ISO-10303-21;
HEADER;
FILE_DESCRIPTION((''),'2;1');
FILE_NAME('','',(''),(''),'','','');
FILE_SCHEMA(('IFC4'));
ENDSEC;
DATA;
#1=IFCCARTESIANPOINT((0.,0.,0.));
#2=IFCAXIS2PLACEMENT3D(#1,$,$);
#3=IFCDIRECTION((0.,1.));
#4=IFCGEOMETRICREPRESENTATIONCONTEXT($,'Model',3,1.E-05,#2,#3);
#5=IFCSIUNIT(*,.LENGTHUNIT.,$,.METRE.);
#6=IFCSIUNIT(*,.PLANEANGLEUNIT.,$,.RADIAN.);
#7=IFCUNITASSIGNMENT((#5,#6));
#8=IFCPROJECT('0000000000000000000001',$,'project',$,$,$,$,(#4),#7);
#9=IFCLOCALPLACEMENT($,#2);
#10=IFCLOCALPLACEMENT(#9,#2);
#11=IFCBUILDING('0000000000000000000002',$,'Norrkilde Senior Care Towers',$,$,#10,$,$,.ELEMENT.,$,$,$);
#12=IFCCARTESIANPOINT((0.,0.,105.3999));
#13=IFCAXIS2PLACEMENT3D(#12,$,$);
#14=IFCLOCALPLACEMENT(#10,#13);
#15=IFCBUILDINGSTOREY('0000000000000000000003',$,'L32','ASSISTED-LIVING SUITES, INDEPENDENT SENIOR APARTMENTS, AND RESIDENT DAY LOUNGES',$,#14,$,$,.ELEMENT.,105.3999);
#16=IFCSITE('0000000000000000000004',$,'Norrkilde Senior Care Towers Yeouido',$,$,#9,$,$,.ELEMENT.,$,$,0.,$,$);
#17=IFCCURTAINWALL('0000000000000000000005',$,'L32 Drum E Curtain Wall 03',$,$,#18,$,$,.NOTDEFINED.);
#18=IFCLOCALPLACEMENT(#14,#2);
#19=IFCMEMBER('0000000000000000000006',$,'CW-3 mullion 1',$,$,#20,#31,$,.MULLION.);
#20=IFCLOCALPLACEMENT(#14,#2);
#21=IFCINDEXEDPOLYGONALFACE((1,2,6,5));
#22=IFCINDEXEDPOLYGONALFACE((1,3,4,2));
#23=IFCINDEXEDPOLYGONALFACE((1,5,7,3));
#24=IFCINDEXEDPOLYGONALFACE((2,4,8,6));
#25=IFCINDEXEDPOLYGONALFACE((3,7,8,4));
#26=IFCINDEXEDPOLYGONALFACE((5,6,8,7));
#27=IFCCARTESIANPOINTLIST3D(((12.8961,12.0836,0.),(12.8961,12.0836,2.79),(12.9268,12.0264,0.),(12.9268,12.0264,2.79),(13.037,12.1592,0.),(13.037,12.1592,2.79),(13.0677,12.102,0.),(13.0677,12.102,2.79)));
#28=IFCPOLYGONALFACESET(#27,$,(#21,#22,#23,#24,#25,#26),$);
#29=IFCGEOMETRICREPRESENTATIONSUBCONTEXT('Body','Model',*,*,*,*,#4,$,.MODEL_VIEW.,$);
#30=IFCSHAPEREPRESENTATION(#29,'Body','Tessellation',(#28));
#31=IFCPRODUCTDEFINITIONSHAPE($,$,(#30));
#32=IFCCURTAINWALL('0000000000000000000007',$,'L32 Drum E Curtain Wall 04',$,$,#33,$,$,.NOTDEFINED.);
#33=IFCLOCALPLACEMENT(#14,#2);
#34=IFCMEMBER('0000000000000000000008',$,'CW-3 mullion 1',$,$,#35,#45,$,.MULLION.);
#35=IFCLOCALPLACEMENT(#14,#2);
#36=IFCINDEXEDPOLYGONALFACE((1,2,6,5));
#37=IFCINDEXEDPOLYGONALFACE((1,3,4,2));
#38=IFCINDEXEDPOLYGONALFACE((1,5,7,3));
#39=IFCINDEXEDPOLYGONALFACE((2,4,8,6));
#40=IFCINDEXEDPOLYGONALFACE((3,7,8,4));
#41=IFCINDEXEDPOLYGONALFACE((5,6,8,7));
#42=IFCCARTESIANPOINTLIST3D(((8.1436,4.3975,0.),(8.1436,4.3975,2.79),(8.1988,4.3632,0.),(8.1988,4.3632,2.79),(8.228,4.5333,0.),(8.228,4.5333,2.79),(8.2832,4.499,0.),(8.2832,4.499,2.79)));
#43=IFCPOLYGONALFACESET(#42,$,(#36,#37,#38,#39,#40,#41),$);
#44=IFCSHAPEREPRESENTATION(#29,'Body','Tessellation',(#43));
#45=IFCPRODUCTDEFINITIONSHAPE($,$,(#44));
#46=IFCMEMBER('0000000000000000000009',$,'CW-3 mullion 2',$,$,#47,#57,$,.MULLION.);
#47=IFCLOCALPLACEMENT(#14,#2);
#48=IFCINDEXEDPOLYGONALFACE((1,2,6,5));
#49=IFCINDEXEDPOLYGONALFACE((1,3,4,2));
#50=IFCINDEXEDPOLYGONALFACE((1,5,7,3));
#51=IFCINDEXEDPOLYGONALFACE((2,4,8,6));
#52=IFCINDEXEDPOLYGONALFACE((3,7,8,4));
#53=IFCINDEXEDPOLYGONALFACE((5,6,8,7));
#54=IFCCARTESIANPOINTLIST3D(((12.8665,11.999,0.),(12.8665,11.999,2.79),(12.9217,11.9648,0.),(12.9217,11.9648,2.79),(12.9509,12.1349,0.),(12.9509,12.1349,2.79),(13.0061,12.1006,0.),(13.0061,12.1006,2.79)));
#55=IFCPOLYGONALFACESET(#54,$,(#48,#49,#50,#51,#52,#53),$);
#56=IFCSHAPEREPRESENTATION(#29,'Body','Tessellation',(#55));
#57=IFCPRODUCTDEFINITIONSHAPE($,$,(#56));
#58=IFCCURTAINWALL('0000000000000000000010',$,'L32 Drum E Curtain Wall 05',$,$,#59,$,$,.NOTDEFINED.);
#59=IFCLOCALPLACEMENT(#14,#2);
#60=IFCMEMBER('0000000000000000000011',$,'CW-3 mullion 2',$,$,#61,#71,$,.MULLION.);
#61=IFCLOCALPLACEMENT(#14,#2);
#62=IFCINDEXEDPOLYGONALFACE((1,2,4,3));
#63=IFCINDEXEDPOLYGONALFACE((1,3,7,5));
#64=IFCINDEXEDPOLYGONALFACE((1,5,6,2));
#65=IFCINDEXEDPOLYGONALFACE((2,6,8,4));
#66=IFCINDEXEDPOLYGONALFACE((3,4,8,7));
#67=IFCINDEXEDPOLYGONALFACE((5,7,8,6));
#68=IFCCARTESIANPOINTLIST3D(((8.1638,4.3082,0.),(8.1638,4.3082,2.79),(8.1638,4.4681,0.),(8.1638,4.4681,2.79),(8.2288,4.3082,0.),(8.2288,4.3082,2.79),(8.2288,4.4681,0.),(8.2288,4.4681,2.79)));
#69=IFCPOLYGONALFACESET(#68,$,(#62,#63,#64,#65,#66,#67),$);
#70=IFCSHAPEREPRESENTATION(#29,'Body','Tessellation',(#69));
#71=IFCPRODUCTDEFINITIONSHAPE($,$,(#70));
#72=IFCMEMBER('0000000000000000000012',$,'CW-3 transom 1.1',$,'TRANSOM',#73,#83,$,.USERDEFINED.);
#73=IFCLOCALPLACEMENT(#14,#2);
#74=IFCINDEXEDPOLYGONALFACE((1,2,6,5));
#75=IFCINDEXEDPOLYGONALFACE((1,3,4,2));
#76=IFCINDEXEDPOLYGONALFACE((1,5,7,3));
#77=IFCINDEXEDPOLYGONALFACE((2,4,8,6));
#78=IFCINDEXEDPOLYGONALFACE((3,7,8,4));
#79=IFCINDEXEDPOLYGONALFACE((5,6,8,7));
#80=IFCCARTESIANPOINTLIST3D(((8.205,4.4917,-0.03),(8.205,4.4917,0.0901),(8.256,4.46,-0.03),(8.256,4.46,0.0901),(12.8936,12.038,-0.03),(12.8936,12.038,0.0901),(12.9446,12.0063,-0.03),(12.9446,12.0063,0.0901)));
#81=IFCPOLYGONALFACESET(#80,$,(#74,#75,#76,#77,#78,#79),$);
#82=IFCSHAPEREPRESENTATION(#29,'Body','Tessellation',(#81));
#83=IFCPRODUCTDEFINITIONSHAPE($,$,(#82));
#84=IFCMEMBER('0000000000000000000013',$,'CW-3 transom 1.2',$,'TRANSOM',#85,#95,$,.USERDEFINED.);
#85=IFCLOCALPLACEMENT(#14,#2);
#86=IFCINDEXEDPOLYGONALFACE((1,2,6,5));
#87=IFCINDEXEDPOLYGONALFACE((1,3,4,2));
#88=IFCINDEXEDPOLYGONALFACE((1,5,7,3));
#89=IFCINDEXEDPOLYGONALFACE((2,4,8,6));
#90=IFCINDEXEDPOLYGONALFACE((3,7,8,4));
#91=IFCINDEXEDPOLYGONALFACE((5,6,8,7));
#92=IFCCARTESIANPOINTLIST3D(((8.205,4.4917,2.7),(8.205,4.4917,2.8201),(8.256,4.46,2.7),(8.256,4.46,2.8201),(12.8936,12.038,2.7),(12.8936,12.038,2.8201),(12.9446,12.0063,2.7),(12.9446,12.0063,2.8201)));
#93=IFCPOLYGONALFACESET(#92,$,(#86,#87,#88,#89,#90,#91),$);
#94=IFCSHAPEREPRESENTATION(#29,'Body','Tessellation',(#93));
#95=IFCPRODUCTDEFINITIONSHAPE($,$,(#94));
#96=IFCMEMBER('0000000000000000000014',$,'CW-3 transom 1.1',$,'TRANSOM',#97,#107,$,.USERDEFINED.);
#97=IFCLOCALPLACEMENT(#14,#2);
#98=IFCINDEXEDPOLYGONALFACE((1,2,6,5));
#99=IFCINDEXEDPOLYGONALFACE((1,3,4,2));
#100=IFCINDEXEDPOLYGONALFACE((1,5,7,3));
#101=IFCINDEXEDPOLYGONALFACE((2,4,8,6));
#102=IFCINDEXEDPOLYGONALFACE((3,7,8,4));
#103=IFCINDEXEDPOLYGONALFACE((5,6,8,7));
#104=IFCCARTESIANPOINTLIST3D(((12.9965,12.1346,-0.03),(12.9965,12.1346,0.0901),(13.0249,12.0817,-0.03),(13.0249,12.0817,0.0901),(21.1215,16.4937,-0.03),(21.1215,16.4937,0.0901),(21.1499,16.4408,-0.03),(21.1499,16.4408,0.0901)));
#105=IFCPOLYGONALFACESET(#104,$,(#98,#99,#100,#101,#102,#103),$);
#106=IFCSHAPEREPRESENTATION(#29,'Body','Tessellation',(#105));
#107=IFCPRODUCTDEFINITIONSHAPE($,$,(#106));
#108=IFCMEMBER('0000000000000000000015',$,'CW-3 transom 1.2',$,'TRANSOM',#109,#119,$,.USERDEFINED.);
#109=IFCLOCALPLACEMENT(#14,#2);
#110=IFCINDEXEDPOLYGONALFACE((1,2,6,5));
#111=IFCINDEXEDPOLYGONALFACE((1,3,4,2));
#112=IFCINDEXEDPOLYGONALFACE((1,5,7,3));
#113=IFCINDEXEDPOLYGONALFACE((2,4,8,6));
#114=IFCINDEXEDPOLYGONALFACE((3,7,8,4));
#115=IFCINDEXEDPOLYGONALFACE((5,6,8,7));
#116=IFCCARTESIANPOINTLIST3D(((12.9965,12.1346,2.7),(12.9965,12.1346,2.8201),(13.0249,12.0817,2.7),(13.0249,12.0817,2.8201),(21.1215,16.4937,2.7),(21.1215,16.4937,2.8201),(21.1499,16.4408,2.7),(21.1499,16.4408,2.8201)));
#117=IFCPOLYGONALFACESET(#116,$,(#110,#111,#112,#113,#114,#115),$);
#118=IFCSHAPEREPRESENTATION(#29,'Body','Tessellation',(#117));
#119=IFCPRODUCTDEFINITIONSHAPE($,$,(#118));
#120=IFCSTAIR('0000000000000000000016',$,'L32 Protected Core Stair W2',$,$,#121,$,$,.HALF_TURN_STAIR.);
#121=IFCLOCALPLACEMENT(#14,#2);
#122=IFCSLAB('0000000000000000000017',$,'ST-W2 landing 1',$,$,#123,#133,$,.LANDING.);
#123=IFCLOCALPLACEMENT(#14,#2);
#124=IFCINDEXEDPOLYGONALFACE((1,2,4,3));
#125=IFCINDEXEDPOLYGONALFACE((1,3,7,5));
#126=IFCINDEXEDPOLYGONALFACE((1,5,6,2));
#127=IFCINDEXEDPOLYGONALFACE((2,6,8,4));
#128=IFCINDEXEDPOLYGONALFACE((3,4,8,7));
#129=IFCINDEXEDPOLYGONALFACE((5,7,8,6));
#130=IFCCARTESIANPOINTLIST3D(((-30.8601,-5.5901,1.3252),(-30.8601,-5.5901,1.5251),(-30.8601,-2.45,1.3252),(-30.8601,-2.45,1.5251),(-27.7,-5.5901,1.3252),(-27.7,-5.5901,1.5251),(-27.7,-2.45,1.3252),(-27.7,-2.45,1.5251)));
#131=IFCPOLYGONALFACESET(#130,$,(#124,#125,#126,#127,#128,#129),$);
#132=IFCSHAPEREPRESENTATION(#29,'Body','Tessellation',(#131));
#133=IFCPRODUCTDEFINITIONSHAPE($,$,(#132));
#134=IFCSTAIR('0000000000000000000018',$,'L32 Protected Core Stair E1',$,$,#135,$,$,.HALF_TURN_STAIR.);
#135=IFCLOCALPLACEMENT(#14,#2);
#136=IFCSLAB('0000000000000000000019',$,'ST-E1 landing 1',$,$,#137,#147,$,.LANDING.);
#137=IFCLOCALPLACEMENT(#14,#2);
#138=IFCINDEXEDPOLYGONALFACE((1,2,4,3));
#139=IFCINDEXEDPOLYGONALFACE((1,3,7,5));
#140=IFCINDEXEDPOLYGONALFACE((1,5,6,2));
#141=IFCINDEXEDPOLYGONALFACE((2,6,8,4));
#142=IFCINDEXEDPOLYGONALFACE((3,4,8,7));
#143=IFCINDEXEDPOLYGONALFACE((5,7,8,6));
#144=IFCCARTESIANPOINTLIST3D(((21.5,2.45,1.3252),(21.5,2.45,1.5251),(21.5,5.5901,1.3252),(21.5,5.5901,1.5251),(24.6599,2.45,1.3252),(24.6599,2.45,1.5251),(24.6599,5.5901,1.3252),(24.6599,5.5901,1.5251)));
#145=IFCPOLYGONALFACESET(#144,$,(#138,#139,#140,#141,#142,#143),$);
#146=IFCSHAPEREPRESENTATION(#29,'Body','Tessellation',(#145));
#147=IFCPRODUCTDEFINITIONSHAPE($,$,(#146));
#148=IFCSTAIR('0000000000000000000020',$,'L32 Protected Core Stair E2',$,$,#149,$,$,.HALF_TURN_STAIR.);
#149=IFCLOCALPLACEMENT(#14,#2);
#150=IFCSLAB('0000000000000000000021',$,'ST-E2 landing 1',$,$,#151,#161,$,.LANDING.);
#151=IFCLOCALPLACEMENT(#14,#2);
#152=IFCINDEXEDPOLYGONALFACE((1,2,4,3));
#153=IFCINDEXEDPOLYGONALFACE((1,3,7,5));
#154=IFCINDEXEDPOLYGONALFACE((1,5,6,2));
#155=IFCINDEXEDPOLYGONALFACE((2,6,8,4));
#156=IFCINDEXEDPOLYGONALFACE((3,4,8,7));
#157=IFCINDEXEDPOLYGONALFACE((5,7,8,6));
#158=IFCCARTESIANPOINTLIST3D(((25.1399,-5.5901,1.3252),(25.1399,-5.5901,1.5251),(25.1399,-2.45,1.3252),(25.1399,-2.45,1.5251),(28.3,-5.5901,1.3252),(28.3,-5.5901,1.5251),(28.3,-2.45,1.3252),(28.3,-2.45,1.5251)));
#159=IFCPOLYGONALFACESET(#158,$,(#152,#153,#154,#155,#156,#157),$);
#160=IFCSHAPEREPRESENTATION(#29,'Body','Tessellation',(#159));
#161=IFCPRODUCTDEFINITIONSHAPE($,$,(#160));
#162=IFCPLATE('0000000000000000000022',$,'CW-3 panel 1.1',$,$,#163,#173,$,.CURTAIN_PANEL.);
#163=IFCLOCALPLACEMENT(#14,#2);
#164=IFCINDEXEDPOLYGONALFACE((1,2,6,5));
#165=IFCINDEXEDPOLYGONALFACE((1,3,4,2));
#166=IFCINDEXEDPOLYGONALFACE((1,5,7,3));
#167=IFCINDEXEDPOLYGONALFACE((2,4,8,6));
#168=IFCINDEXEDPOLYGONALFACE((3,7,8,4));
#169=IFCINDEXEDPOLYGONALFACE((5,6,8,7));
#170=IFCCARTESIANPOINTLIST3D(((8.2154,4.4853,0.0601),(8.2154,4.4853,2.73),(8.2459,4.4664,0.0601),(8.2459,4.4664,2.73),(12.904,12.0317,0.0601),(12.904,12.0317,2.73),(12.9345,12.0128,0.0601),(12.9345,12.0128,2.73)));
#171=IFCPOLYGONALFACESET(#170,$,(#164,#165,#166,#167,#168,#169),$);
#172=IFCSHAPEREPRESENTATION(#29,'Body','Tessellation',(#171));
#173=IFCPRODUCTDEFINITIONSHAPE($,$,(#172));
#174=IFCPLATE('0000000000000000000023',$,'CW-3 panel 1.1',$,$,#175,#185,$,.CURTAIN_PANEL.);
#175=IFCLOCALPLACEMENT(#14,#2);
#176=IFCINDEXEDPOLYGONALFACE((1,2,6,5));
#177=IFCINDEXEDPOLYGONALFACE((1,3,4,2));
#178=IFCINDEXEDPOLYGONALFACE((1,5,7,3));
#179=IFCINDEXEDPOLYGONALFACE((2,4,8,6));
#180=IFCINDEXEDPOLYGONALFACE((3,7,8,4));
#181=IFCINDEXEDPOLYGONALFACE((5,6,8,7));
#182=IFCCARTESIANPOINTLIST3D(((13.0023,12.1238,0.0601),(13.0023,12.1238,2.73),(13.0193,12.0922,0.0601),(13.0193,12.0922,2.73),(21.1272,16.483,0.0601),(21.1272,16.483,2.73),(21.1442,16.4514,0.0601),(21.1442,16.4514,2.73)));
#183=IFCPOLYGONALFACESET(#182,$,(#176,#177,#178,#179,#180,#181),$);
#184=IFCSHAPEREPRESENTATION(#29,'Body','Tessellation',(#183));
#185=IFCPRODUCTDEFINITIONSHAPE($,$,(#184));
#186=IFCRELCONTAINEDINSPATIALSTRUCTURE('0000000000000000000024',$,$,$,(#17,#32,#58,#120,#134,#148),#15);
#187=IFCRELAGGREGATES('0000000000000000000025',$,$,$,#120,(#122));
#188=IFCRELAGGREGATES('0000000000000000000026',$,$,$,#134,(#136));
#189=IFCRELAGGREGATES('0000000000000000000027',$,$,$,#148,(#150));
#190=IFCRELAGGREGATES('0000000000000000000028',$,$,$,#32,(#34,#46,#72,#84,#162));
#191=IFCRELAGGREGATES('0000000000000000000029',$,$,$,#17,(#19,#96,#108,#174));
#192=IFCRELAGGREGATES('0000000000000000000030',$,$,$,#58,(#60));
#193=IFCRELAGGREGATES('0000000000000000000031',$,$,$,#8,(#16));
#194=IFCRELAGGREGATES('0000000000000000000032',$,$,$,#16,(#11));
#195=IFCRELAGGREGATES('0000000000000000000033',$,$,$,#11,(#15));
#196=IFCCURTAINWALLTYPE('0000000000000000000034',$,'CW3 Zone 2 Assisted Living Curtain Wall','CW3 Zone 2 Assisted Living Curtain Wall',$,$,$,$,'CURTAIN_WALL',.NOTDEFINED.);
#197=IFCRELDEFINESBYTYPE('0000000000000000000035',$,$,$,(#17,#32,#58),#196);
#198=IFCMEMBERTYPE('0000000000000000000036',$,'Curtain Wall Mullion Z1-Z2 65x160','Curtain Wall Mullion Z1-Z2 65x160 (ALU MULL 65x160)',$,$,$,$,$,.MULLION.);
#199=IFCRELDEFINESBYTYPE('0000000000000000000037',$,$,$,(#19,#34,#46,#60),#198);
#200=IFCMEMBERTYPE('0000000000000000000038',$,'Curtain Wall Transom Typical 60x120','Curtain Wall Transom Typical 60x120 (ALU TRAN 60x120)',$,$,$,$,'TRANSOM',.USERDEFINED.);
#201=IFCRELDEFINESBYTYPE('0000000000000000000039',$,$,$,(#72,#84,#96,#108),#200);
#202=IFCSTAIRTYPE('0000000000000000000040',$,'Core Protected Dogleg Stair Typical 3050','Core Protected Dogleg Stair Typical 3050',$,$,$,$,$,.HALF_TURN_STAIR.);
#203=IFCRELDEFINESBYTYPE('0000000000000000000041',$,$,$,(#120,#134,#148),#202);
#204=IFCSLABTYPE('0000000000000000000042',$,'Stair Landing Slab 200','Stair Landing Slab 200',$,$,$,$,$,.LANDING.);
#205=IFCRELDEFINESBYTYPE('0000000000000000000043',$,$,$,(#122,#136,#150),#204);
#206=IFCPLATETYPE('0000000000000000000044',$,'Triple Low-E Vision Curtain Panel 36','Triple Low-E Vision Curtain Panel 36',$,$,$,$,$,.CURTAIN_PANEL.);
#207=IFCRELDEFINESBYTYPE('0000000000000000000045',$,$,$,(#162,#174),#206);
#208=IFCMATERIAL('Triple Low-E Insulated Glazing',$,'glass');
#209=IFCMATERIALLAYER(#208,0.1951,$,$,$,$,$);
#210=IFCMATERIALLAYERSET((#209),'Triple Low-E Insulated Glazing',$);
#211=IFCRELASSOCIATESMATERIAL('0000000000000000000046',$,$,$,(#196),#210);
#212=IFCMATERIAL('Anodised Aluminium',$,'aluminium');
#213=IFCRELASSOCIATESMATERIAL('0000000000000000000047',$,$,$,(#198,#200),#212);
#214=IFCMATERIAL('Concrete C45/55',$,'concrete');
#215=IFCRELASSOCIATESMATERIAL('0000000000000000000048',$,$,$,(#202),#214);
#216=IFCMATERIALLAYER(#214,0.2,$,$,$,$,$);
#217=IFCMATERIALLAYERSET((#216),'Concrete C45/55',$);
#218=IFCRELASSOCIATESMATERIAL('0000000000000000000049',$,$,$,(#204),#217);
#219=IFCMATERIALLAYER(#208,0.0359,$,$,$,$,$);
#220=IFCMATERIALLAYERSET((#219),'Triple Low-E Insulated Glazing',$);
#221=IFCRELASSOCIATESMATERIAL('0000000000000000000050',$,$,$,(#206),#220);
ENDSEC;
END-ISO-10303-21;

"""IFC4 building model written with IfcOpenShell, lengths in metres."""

from ifc_helpers import new_model, si_unit, direction, frame, origin, origin_2d, place, context, subcontext, project, spatial, polyline, rectangle, outline, extrude, source, transform, mapped, material, layer, layer_set, material_profile, profile_set, type_object, type_shapes, element, aggregate, save


model = new_model("IFC4")

# Units and contexts
model_context = context("Model", 3, precision=1e-05, world=origin(), true_north=direction((0.0, 1.0)))
body_context = subcontext(model_context, "Body", "Model", "MODEL_VIEW")
ifc_project = project(units=[si_unit("LENGTHUNIT", "METRE"), si_unit("PLANEANGLEUNIT", "RADIAN")], contexts=[model_context])

# Site, building, storey
site_placement = place(None, origin())
site = spatial("IfcSite", under=ifc_project, at=site_placement, Name="Norrkilde Senior Care Towers Yeouido", CompositionType="ELEMENT", RefElevation=0.0)
building_placement = place(site_placement, origin())
building = spatial("IfcBuilding", under=site, at=building_placement, Name="Norrkilde Senior Care Towers", CompositionType="ELEMENT")
storey_placement = place(building_placement, frame((0.0, 0.0, 105.3999)))
storey = spatial("IfcBuildingStorey", under=building, at=storey_placement, Name="L32", Description="ASSISTED-LIVING SUITES, INDEPENDENT SENIOR APARTMENTS, AND RESIDENT DAY LOUNGES", CompositionType="ELEMENT", Elevation=105.3999)

# Curtain wall, member
ifc_material_1 = material(Name="Triple Low-E Insulated Glazing", Category="glass")
ifc_layer_1 = layer(ifc_material_1, 0.1951)
ifc_layer_set_1 = layer_set([ifc_layer_1], Name="Triple Low-E Insulated Glazing")
curtain_wall_type = type_object("IfcCurtainWallType", Name="CW3 Zone 2 Assisted Living Curtain Wall", Description="CW3 Zone 2 Assisted Living Curtain Wall", ElementType="CURTAIN_WALL", PredefinedType="NOTDEFINED", material=ifc_layer_set_1)
curtain_wall_1_placement = place(storey_placement, origin())
curtain_wall_1 = element("IfcCurtainWall", 1, at=curtain_wall_1_placement, inside=storey, type_object=curtain_wall_type, Name="L32 Drum E Curtain Wall 03", PredefinedType="NOTDEFINED")
ifc_material_2 = material(Name="Anodised Aluminium", Category="aluminium")
ifc_material_profile_1 = material_profile(ifc_material_2, rectangle(XDim=0.0649, YDim=0.1599, at=origin_2d()), Name="ALU MULL 65x160")
ifc_profile_set_1 = profile_set([ifc_material_profile_1], Name="Anodised Aluminium")
member_type_1 = type_object("IfcMemberType", Name="Curtain Wall Mullion Z1-Z2 65x160", Description="Curtain Wall Mullion Z1-Z2 65x160 (ALU MULL 65x160)", PredefinedType="MULLION", material=ifc_profile_set_1)
shared_shape_1 = source(origin(), body_context, "Body", "SweptSolid", [
    extrude(rectangle(XDim=0.0649, YDim=0.1599, at=origin_2d()), origin(), (0.0, 0.0, 1.0), 2.79),
])
type_shapes(member_type_1, [shared_shape_1])
member_1_placement = place(storey_placement, frame((12.9819, 12.0928, 0.0), z_axis=(0.0, 0.0, 1.0), x_axis=(-0.472769, 0.881186, 0.0)))
member_1 = element("IfcMember", 2, at=member_1_placement, type_object=member_type_1, Name="CW-3 mullion 1", PredefinedType="MULLION", context=body_context, shape_type="MappedRepresentation", body=[
    mapped(shared_shape_1, transform((0.0, 0.0, 0.0), x_axis=(1.0, 0.0, 0.0), y_axis=(0.0, 1.0, 0.0), z_axis=(0.0, 0.0, 1.0), scale=1.0)),
])

# Curtain wall, members
curtain_wall_2_placement = place(storey_placement, origin())
curtain_wall_2 = element("IfcCurtainWall", 3, at=curtain_wall_2_placement, inside=storey, type_object=curtain_wall_type, Name="L32 Drum E Curtain Wall 04", PredefinedType="NOTDEFINED")
member_2_placement = place(storey_placement, frame((8.2134, 4.4482, 0.0), z_axis=(0.0, 0.0, 1.0), x_axis=(-0.84941, 0.527733, 0.0)))
member_2 = element("IfcMember", 4, at=member_2_placement, type_object=member_type_1, Name="CW-3 mullion 1", PredefinedType="MULLION", context=body_context, shape_type="MappedRepresentation", body=[
    mapped(shared_shape_1, transform((0.0, 0.0, 0.0), x_axis=(1.0, 0.0, 0.0), y_axis=(0.0, 1.0, 0.0), z_axis=(0.0, 0.0, 1.0), scale=1.0)),
])
member_3_placement = place(storey_placement, frame((12.9363, 12.0498, 0.0), z_axis=(0.0, 0.0, 1.0), x_axis=(-0.84941, 0.527733, 0.0)))
member_3 = element("IfcMember", 5, at=member_3_placement, type_object=member_type_1, Name="CW-3 mullion 2", PredefinedType="MULLION", context=body_context, shape_type="MappedRepresentation", body=[
    mapped(shared_shape_1, transform((0.0, 0.0, 0.0), x_axis=(1.0, 0.0, 0.0), y_axis=(0.0, 1.0, 0.0), z_axis=(0.0, 0.0, 1.0), scale=1.0)),
])

# Curtain wall, member
curtain_wall_3_placement = place(storey_placement, origin())
curtain_wall_3 = element("IfcCurtainWall", 6, at=curtain_wall_3_placement, inside=storey, type_object=curtain_wall_type, Name="L32 Drum E Curtain Wall 05", PredefinedType="NOTDEFINED")
member_4_placement = place(storey_placement, frame((8.1963, 4.3882, 0.0), z_axis=(0.0, 0.0, 1.0), x_axis=(-1.0, 0.0, 0.0)))
member_4 = element("IfcMember", 7, at=member_4_placement, type_object=member_type_1, Name="CW-3 mullion 2", PredefinedType="MULLION", context=body_context, shape_type="MappedRepresentation", body=[
    mapped(shared_shape_1, transform((0.0, 0.0, 0.0), x_axis=(1.0, 0.0, 0.0), y_axis=(0.0, 1.0, 0.0), z_axis=(0.0, 0.0, 1.0), scale=1.0)),
])

# Members
ifc_material_profile_2 = material_profile(ifc_material_2, rectangle(XDim=0.0601, YDim=0.1201, at=origin_2d()), Name="ALU TRAN 60x120")
ifc_profile_set_2 = profile_set([ifc_material_profile_2], Name="Anodised Aluminium")
member_type_2 = type_object("IfcMemberType", Name="Curtain Wall Transom Typical 60x120", Description="Curtain Wall Transom Typical 60x120 (ALU TRAN 60x120)", ElementType="TRANSOM", PredefinedType="USERDEFINED", material=ifc_profile_set_2)
shared_shape_2 = source(origin(), body_context, "Body", "SweptSolid", [
    extrude(rectangle(XDim=0.0601, YDim=0.1201, at=origin_2d()), origin(), (0.0, 0.0, 1.0), 8.8843),
])
member_5_placement = place(storey_placement, frame((8.2305, 4.4758, 0.03), z_axis=(0.527749, 0.8494, 0.0), x_axis=(-0.8494, 0.527749, 0.0)))
member_5 = element("IfcMember", 8, at=member_5_placement, type_object=member_type_2, Name="CW-3 transom 1.1", ObjectType="TRANSOM", PredefinedType="USERDEFINED", context=body_context, shape_type="MappedRepresentation", body=[
    mapped(shared_shape_2, transform((0.0, 0.0, 0.0), x_axis=(1.0, 0.0, 0.0), y_axis=(0.0, 1.0, 0.0), z_axis=(0.0, 0.0, 1.0), scale=1.0)),
])
member_6_placement = place(storey_placement, frame((8.2305, 4.4758, 2.76), z_axis=(0.527749, 0.8494, 0.0), x_axis=(-0.8494, 0.527749, 0.0)))
member_6 = element("IfcMember", 9, at=member_6_placement, type_object=member_type_2, Name="CW-3 transom 1.2", ObjectType="TRANSOM", PredefinedType="USERDEFINED", context=body_context, shape_type="MappedRepresentation", body=[
    mapped(shared_shape_2, transform((0.0, 0.0, 0.0), x_axis=(1.0, 0.0, 0.0), y_axis=(0.0, 1.0, 0.0), z_axis=(0.0, 0.0, 1.0), scale=1.0)),
])
shared_shape_3 = source(origin(), body_context, "Body", "SweptSolid", [
    extrude(rectangle(XDim=0.0601, YDim=0.1201, at=origin_2d()), origin(), (0.0, 0.0, 1.0), 9.2205),
])
type_shapes(member_type_2, [shared_shape_2, shared_shape_3])
member_7_placement = place(storey_placement, frame((13.0107, 12.1082, 0.03), z_axis=(0.881189, 0.472765, 0.0), x_axis=(-0.472765, 0.881189, 0.0)))
member_7 = element("IfcMember", 10, at=member_7_placement, type_object=member_type_2, Name="CW-3 transom 1.1", ObjectType="TRANSOM", PredefinedType="USERDEFINED", context=body_context, shape_type="MappedRepresentation", body=[
    mapped(shared_shape_3, transform((0.0, 0.0, 0.0), x_axis=(1.0, 0.0, 0.0), y_axis=(0.0, 1.0, 0.0), z_axis=(0.0, 0.0, 1.0), scale=1.0)),
])
member_8_placement = place(storey_placement, frame((13.0107, 12.1082, 2.76), z_axis=(0.881189, 0.472765, 0.0), x_axis=(-0.472765, 0.881189, 0.0)))
member_8 = element("IfcMember", 11, at=member_8_placement, type_object=member_type_2, Name="CW-3 transom 1.2", ObjectType="TRANSOM", PredefinedType="USERDEFINED", context=body_context, shape_type="MappedRepresentation", body=[
    mapped(shared_shape_3, transform((0.0, 0.0, 0.0), x_axis=(1.0, 0.0, 0.0), y_axis=(0.0, 1.0, 0.0), z_axis=(0.0, 0.0, 1.0), scale=1.0)),
])

# Stairs, slabs
ifc_material_3 = material(Name="Concrete C45/55", Category="concrete")
stair_type = type_object("IfcStairType", Name="Core Protected Dogleg Stair Typical 3050", Description="Core Protected Dogleg Stair Typical 3050", PredefinedType="HALF_TURN_STAIR", material=ifc_material_3)
stair_1_placement = place(storey_placement, origin())
stair_1 = element("IfcStair", 12, at=stair_1_placement, inside=storey, type_object=stair_type, Name="L32 Protected Core Stair W2", PredefinedType="HALF_TURN_STAIR")
ifc_layer_2 = layer(ifc_material_3, 0.2)
ifc_layer_set_2 = layer_set([ifc_layer_2], Name="Concrete C45/55")
slab_type = type_object("IfcSlabType", Name="Stair Landing Slab 200", Description="Stair Landing Slab 200", PredefinedType="LANDING", material=ifc_layer_set_2)
slab_1_placement = place(storey_placement, frame((0.0, 0.0, 1.3252)))
slab_1 = element("IfcSlab", 13, at=slab_1_placement, type_object=slab_type, Name="ST-W2 landing 1", PredefinedType="LANDING", context=body_context, shape_type="SweptSolid", body=[
    extrude(outline(polyline([(-30.8601, -5.5901), (-27.7, -5.5901), (-27.7, -2.45), (-30.8601, -2.45), (-30.8601, -5.5901)])), origin(), (0.0, 0.0, 1.0), 0.2),
])
aggregate(stair_1, [slab_1])
stair_2_placement = place(storey_placement, origin())
stair_2 = element("IfcStair", 14, at=stair_2_placement, inside=storey, type_object=stair_type, Name="L32 Protected Core Stair E1", PredefinedType="HALF_TURN_STAIR")
slab_2_placement = place(storey_placement, frame((0.0, 0.0, 1.3252)))
slab_2 = element("IfcSlab", 15, at=slab_2_placement, type_object=slab_type, Name="ST-E1 landing 1", PredefinedType="LANDING", context=body_context, shape_type="SweptSolid", body=[
    extrude(outline(polyline([(24.6599, 5.5901), (21.5, 5.5901), (21.5, 2.45), (24.6599, 2.45), (24.6599, 5.5901)])), origin(), (0.0, 0.0, 1.0), 0.2),
])
aggregate(stair_2, [slab_2])
stair_3_placement = place(storey_placement, origin())
stair_3 = element("IfcStair", 16, at=stair_3_placement, inside=storey, type_object=stair_type, Name="L32 Protected Core Stair E2", PredefinedType="HALF_TURN_STAIR")
slab_3_placement = place(storey_placement, frame((0.0, 0.0, 1.3252)))
slab_3 = element("IfcSlab", 17, at=slab_3_placement, type_object=slab_type, Name="ST-E2 landing 1", PredefinedType="LANDING", context=body_context, shape_type="SweptSolid", body=[
    extrude(outline(polyline([(25.1399, -5.5901), (28.3, -5.5901), (28.3, -2.45), (25.1399, -2.45), (25.1399, -5.5901)])), origin(), (0.0, 0.0, 1.0), 0.2),
])
aggregate(stair_3, [slab_3])

# Plates
ifc_layer_3 = layer(ifc_material_1, 0.0359)
ifc_layer_set_3 = layer_set([ifc_layer_3], Name="Triple Low-E Insulated Glazing")
plate_type = type_object("IfcPlateType", Name="Triple Low-E Vision Curtain Panel 36", Description="Triple Low-E Vision Curtain Panel 36", PredefinedType="CURTAIN_PANEL", material=ifc_layer_set_3)
shared_shape_4 = source(origin(), body_context, "Body", "SweptSolid", [
    extrude(rectangle(XDim=8.8843, YDim=0.0359, at=origin_2d()), origin(), (0.0, 0.0, 1.0), 2.6699),
])
plate_1_placement = place(storey_placement, frame((10.575, 8.249, 0.0601), z_axis=(0.0, 0.0, 1.0), x_axis=(0.527733, 0.84941, 0.0)))
plate_1 = element("IfcPlate", 18, at=plate_1_placement, type_object=plate_type, Name="CW-3 panel 1.1", PredefinedType="CURTAIN_PANEL", context=body_context, shape_type="MappedRepresentation", body=[
    mapped(shared_shape_4, transform((0.0, 0.0, 0.0), x_axis=(1.0, 0.0, 0.0), y_axis=(0.0, 1.0, 0.0), z_axis=(0.0, 0.0, 1.0), scale=1.0)),
])
aggregate(curtain_wall_2, [member_2, member_3, member_5, member_6, plate_1])
shared_shape_5 = source(origin(), body_context, "Body", "SweptSolid", [
    extrude(rectangle(XDim=9.2205, YDim=0.0359, at=origin_2d()), origin(), (0.0, 0.0, 1.0), 2.6699),
])
plate_2_placement = place(storey_placement, frame((17.0732, 14.2876, 0.0601), z_axis=(0.0, 0.0, 1.0), x_axis=(0.881186, 0.472769, 0.0)))
plate_2 = element("IfcPlate", 19, at=plate_2_placement, type_object=plate_type, Name="CW-3 panel 1.1", PredefinedType="CURTAIN_PANEL", context=body_context, shape_type="MappedRepresentation", body=[
    mapped(shared_shape_5, transform((0.0, 0.0, 0.0), x_axis=(1.0, 0.0, 0.0), y_axis=(0.0, 1.0, 0.0), z_axis=(0.0, 0.0, 1.0), scale=1.0)),
])
aggregate(curtain_wall_1, [member_1, member_7, member_8, plate_2])
aggregate(curtain_wall_3, [member_4])

save(model, "model.ifc")
